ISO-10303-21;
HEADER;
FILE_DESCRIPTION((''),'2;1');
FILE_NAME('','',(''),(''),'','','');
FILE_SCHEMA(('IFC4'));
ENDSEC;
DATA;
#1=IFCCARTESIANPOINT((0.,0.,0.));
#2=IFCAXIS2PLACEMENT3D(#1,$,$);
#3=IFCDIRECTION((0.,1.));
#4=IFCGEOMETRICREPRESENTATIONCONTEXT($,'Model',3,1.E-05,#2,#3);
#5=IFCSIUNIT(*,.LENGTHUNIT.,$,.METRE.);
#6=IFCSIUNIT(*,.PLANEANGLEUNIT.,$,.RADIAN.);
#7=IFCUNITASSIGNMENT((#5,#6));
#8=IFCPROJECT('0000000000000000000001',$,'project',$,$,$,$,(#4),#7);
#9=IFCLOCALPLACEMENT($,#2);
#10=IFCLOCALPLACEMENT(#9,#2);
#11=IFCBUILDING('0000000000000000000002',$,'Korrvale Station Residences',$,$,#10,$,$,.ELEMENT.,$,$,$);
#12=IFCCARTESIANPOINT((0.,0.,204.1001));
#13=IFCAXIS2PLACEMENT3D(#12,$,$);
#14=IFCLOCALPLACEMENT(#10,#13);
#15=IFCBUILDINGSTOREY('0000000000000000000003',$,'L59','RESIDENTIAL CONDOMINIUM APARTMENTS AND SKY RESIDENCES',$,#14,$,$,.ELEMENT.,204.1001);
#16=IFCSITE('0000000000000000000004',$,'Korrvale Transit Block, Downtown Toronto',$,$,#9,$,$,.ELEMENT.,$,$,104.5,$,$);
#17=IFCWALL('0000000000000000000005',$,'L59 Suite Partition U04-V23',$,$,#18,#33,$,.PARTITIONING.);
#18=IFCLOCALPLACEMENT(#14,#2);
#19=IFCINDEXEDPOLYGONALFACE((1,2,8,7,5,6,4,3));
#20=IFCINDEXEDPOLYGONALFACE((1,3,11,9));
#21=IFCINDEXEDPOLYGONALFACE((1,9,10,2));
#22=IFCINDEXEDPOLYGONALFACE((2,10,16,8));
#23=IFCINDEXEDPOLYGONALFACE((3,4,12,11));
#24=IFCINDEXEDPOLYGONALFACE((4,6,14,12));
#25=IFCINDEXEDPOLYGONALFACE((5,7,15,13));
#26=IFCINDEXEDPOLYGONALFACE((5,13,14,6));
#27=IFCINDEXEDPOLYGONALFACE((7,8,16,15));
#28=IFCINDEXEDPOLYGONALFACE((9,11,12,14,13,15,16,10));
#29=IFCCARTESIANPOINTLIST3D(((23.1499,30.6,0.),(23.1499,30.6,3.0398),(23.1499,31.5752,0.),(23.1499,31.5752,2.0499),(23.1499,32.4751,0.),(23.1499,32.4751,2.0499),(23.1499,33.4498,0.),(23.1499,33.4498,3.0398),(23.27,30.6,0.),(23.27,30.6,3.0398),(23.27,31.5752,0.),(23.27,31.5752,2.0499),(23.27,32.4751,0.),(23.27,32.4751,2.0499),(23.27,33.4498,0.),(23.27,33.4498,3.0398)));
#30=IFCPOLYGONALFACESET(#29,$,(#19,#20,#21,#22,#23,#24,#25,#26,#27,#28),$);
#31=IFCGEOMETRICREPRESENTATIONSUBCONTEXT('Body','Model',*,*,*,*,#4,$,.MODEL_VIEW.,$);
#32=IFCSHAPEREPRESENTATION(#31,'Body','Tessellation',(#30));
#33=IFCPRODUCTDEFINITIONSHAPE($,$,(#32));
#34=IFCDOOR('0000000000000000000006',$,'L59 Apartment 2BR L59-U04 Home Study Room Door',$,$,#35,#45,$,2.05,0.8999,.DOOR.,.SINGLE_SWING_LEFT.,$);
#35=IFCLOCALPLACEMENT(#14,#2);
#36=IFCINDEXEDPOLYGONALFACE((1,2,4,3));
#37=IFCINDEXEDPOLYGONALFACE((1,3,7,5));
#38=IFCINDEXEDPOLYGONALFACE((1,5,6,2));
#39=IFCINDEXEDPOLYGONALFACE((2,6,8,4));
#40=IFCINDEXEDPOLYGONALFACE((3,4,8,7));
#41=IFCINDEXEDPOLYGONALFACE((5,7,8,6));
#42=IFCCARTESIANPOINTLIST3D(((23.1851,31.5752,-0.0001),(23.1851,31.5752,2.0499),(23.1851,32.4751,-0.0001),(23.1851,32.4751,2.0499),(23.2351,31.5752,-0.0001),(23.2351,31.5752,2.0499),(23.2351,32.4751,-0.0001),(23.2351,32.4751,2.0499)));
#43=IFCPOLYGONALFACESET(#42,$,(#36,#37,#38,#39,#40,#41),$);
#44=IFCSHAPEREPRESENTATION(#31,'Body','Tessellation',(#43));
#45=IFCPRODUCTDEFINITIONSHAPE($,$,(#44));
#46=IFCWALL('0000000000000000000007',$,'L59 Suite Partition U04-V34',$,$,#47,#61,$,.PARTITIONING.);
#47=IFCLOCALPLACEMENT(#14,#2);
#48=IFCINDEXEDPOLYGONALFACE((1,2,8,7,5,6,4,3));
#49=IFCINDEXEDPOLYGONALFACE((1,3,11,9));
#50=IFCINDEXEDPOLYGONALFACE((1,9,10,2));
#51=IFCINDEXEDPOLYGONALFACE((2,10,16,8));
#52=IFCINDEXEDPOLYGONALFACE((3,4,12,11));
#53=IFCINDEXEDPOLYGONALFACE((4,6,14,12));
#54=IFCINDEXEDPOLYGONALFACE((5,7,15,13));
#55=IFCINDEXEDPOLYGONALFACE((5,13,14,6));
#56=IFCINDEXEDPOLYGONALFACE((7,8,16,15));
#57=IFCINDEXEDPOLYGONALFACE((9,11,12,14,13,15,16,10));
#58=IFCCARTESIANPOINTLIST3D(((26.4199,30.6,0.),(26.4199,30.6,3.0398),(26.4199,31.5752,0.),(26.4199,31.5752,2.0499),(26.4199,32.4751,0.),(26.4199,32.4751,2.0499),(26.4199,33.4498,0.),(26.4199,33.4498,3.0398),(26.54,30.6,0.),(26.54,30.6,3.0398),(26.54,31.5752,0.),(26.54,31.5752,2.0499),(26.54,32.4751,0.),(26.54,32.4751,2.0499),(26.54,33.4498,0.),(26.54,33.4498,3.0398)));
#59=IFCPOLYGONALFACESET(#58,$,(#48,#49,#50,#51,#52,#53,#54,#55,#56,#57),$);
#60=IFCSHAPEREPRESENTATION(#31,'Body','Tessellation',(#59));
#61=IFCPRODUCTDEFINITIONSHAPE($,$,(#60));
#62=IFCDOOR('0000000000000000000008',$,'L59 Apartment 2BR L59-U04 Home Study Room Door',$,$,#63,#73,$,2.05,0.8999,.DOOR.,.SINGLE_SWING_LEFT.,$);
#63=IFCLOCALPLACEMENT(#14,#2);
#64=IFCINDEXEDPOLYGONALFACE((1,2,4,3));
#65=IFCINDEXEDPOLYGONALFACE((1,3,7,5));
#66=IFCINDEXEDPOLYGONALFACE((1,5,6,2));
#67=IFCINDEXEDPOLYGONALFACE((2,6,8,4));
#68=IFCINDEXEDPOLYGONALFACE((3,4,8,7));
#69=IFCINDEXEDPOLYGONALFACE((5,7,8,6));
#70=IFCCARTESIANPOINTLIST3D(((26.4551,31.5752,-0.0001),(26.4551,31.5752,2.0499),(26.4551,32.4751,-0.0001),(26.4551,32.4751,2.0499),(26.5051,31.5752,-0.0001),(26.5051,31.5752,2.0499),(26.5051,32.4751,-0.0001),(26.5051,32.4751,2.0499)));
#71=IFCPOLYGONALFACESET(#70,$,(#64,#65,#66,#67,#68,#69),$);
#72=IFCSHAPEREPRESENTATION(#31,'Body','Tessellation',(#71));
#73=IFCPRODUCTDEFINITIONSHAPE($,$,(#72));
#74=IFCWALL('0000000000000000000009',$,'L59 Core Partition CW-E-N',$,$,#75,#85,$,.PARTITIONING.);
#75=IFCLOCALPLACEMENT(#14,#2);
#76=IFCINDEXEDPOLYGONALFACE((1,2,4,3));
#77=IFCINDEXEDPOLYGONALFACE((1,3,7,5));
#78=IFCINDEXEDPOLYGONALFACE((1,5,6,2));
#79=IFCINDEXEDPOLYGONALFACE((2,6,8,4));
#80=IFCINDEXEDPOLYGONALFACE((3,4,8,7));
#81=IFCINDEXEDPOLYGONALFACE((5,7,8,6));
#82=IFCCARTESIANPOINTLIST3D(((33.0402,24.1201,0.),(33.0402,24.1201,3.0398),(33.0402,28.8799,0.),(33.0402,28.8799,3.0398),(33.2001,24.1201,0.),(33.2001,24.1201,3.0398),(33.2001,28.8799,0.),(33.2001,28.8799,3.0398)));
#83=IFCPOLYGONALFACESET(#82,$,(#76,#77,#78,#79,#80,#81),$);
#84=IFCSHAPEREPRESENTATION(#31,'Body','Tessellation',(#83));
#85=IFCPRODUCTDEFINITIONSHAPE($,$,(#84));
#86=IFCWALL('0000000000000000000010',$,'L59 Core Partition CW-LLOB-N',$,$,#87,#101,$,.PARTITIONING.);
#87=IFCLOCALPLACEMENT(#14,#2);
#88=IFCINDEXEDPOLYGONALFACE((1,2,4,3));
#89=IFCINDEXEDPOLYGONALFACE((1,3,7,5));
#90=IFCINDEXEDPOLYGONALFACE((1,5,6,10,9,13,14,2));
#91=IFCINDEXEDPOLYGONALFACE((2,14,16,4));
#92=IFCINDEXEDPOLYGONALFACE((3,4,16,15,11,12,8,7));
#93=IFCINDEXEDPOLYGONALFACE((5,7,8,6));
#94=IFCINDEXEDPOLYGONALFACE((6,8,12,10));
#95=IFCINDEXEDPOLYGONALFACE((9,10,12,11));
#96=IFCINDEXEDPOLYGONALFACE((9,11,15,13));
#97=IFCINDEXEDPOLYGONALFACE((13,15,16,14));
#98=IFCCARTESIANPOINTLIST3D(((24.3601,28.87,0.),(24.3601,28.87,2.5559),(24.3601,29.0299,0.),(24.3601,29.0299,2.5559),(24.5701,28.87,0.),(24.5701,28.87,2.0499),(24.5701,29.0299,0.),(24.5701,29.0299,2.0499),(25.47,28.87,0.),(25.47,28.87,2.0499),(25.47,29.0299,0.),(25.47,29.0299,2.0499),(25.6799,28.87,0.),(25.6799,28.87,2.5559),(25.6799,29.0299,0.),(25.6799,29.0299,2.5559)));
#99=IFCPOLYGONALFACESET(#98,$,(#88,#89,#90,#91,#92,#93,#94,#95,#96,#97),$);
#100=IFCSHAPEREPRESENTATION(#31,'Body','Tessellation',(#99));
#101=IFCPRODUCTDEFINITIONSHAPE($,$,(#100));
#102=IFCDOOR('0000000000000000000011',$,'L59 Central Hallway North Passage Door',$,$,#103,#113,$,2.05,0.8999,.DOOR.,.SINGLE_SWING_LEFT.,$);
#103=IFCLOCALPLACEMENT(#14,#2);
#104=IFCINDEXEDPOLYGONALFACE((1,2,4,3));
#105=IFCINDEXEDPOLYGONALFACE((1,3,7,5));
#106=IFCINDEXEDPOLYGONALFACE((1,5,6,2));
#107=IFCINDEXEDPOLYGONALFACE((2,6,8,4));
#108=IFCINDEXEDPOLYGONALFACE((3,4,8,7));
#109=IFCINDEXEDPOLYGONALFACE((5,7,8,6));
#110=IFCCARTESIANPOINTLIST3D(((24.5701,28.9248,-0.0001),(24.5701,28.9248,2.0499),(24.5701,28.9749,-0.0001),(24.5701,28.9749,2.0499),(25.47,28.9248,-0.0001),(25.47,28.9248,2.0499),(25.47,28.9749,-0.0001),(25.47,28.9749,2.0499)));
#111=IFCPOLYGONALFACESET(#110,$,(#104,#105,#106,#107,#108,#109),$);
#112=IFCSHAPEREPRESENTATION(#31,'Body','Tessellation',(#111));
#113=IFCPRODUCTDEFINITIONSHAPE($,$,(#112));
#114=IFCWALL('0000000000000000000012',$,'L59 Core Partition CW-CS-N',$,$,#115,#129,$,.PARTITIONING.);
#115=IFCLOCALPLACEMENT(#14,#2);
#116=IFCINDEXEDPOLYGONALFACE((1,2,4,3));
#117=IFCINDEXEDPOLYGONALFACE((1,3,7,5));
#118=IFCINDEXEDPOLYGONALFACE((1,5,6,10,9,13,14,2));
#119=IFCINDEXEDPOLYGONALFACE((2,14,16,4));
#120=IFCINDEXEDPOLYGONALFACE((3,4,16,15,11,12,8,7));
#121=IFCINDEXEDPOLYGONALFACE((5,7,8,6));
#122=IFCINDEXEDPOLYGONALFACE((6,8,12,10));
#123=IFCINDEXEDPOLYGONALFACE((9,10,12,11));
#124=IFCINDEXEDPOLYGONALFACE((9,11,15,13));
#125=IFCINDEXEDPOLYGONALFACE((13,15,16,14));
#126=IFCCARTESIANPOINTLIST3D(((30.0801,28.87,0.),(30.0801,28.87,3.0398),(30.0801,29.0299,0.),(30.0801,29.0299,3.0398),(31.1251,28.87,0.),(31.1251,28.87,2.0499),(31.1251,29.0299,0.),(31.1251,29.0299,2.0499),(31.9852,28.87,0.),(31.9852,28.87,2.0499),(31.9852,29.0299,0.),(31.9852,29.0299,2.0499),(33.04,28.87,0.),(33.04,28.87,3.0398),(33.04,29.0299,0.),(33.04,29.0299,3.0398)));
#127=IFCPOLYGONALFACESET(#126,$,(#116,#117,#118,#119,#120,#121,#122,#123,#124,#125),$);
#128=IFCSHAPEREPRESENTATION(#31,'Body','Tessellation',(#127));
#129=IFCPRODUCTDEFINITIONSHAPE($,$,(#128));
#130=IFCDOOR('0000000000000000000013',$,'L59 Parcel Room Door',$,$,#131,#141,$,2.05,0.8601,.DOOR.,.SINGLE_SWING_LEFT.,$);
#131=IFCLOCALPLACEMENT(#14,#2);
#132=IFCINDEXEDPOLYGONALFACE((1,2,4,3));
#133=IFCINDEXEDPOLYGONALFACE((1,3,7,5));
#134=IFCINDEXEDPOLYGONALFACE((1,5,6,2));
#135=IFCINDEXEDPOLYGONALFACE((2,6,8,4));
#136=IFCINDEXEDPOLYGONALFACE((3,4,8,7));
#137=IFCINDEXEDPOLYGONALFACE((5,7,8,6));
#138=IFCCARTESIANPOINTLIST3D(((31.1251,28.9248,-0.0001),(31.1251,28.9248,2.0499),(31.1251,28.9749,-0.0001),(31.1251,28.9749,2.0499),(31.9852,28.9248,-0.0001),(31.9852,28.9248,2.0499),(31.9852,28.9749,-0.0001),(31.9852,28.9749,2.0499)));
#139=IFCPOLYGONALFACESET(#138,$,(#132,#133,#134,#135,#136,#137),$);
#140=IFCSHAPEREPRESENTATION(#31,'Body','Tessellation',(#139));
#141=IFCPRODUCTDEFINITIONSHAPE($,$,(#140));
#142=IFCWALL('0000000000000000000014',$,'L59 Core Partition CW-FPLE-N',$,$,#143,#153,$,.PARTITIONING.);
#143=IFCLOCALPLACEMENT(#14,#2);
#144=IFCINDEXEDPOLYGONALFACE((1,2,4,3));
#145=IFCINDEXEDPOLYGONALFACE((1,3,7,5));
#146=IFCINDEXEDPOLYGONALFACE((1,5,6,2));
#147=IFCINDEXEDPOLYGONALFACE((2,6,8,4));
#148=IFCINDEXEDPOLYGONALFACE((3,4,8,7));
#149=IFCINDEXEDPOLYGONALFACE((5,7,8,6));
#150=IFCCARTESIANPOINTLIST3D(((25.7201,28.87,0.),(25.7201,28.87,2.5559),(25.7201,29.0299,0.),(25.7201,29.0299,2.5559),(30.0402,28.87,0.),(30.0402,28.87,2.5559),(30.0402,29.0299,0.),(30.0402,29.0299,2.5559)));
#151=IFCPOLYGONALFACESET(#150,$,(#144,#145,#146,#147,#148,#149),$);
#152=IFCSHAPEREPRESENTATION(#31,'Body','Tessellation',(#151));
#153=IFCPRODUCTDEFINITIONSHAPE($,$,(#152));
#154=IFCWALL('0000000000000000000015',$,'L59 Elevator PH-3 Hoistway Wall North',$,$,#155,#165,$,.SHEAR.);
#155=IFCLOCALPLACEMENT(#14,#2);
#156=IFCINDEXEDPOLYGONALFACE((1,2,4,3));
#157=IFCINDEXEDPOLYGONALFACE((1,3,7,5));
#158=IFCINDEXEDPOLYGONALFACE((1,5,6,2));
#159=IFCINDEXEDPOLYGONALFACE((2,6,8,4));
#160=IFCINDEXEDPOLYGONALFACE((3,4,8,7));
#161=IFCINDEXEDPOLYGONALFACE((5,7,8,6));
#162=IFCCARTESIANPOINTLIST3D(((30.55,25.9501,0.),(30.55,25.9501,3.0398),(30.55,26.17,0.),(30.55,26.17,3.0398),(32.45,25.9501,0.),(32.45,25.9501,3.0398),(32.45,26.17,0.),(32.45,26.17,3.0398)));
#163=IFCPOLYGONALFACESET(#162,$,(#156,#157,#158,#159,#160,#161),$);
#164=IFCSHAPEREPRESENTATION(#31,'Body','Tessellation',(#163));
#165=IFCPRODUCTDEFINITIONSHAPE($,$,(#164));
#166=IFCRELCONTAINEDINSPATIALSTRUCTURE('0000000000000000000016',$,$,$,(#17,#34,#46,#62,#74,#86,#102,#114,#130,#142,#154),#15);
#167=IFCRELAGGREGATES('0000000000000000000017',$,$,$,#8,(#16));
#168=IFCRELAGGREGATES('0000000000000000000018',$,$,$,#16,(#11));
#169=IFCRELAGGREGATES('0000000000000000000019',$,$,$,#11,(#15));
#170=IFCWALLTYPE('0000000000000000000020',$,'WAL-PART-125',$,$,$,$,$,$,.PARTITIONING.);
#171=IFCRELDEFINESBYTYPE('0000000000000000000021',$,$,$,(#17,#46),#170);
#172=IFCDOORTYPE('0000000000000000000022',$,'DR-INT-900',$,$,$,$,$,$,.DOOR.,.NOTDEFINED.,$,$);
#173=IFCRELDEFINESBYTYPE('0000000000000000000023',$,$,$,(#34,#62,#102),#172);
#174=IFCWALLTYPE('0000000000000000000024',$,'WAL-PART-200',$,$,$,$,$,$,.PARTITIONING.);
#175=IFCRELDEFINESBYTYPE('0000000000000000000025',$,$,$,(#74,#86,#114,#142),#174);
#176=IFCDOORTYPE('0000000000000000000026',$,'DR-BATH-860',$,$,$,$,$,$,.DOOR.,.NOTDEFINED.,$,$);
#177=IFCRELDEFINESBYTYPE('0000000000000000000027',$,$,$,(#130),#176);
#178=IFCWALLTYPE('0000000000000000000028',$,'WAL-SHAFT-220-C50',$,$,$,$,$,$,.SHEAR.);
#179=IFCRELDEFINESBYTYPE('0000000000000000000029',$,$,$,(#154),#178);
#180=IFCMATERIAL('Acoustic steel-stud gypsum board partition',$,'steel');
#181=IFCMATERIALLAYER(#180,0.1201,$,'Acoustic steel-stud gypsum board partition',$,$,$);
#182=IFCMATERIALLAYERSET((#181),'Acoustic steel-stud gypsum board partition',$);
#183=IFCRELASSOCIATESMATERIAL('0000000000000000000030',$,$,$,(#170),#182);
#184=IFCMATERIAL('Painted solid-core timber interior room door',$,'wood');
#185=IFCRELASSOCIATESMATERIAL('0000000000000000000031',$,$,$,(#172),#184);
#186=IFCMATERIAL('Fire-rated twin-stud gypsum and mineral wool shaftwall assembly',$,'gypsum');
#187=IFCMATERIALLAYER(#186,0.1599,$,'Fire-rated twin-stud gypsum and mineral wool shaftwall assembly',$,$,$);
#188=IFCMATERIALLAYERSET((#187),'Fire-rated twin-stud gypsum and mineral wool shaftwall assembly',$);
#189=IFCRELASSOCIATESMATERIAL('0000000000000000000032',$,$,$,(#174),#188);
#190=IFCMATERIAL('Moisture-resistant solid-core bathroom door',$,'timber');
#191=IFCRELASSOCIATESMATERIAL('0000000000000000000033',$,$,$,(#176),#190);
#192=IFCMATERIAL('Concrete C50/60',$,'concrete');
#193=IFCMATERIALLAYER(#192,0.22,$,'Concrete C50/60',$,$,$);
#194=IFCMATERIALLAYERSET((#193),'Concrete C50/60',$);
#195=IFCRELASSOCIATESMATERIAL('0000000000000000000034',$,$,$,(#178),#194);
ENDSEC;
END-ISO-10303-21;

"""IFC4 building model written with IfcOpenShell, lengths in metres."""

from ifc_helpers import new_model, si_unit, direction, frame, frame_2d, origin, place, context, subcontext, project, spatial, rectangle, extrude, material, layer, layer_set, type_object, element, fill, save


model = new_model("IFC4")

# Units and contexts
model_context = context("Model", 3, precision=1e-05, world=origin(), true_north=direction((0.0, 1.0)))
body_context = subcontext(model_context, "Body", "Model", "MODEL_VIEW")
ifc_project = project(units=[si_unit("LENGTHUNIT", "METRE"), si_unit("PLANEANGLEUNIT", "RADIAN")], contexts=[model_context])

# Site, building, storey
site_placement = place(None, origin())
site = spatial("IfcSite", under=ifc_project, at=site_placement, Name="Korrvale Transit Block, Downtown Toronto", CompositionType="ELEMENT", RefElevation=104.5)
building_placement = place(site_placement, origin())
building = spatial("IfcBuilding", under=site, at=building_placement, Name="Korrvale Station Residences", CompositionType="ELEMENT")
storey_placement = place(building_placement, frame((0.0, 0.0, 204.1001)))
storey = spatial("IfcBuildingStorey", under=building, at=storey_placement, Name="L59", Description="RESIDENTIAL CONDOMINIUM APARTMENTS AND SKY RESIDENCES", CompositionType="ELEMENT", Elevation=204.1001)

# Shared definitions
ifc_material_1 = material(Name="Concrete C50/60", Category="concrete")

# Shared definitions
ifc_material_2 = material(Name="Acoustic steel-stud gypsum board partition", Category="steel")
ifc_layer_1 = layer(ifc_material_2, 0.1201, Name="Acoustic steel-stud gypsum board partition")
ifc_layer_set_1 = layer_set([ifc_layer_1], Name="Acoustic steel-stud gypsum board partition")
wall_type_1 = type_object("IfcWallType", Name="WAL-PART-125", PredefinedType="PARTITIONING", material=ifc_layer_set_1)

# Walls, openings, doors
ifc_material_3 = material(Name="Painted solid-core timber interior room door", Category="wood")
door_type_1 = type_object("IfcDoorType", Name="DR-INT-900", OperationType="NOTDEFINED", PredefinedType="DOOR", material=ifc_material_3)
wall_1_placement = place(storey_placement, frame((23.21, 30.6001, 0.0), z_axis=(0.0, 0.0, 1.0), x_axis=(0.0, 1.0, 0.0)))
wall_1 = element("IfcWall", 1, at=wall_1_placement, inside=storey, type_object=wall_type_1, Name="L59 Suite Partition U04-V23", PredefinedType="PARTITIONING", context=body_context, shape_type="SweptSolid", body=[
    extrude(rectangle(XDim=2.8499, YDim=0.1201, at=frame_2d((1.4248, 0.0))), origin(), (0.0, 0.0, 1.0), 3.0398),
])
opening_1_placement = place(wall_1_placement, frame((0.9751, 0.0, 0.0)))
opening_1 = element("IfcOpeningElement", 2, at=opening_1_placement, cuts=wall_1, PredefinedType="OPENING", context=body_context, shape_type="SweptSolid", body=[
    extrude(rectangle(XDim=0.8999, YDim=2.05, at=frame_2d((0.45, 1.0249))), frame((0.0, 0.0701, 0.0), z_axis=(0.0, -1.0, 0.0), x_axis=(1.0, 0.0, 0.0)), (0.0, 0.0, 1.0), 0.1401),
])
door_1_placement = place(opening_1_placement, origin())
door_1 = element("IfcDoor", 3, at=door_1_placement, inside=storey, type_object=door_type_1, Name="L59 Apartment 2BR L59-U04 Home Study Room Door", OperationType="SINGLE_SWING_LEFT", OverallHeight=2.05, OverallWidth=0.8999, PredefinedType="DOOR", context=body_context, shape_type="SweptSolid", body=[
    extrude(rectangle(XDim=0.8999, YDim=2.05, at=frame_2d((0.45, 1.0249))), frame((0.0, 0.0249, 0.0), z_axis=(0.0, -1.0, 0.0), x_axis=(1.0, 0.0, 0.0)), (0.0, 0.0, 1.0), 0.05),
])
fill(opening_1, door_1)
wall_2_placement = place(storey_placement, frame((26.48, 30.6001, 0.0), z_axis=(0.0, 0.0, 1.0), x_axis=(0.0, 1.0, 0.0)))
wall_2 = element("IfcWall", 4, at=wall_2_placement, inside=storey, type_object=wall_type_1, Name="L59 Suite Partition U04-V34", PredefinedType="PARTITIONING", context=body_context, shape_type="SweptSolid", body=[
    extrude(rectangle(XDim=2.8499, YDim=0.1201, at=frame_2d((1.4248, 0.0))), origin(), (0.0, 0.0, 1.0), 3.0398),
])
opening_2_placement = place(wall_2_placement, frame((0.9751, 0.0, 0.0)))
opening_2 = element("IfcOpeningElement", 5, at=opening_2_placement, cuts=wall_2, PredefinedType="OPENING", context=body_context, shape_type="SweptSolid", body=[
    extrude(rectangle(XDim=0.8999, YDim=2.05, at=frame_2d((0.45, 1.0249))), frame((0.0, 0.0701, 0.0), z_axis=(0.0, -1.0, 0.0), x_axis=(1.0, 0.0, 0.0)), (0.0, 0.0, 1.0), 0.1401),
])
door_2_placement = place(opening_2_placement, origin())
door_2 = element("IfcDoor", 6, at=door_2_placement, inside=storey, type_object=door_type_1, Name="L59 Apartment 2BR L59-U04 Home Study Room Door", OperationType="SINGLE_SWING_LEFT", OverallHeight=2.05, OverallWidth=0.8999, PredefinedType="DOOR", context=body_context, shape_type="SweptSolid", body=[
    extrude(rectangle(XDim=0.8999, YDim=2.05, at=frame_2d((0.45, 1.0249))), frame((0.0, 0.0249, 0.0), z_axis=(0.0, -1.0, 0.0), x_axis=(1.0, 0.0, 0.0)), (0.0, 0.0, 1.0), 0.05),
])
fill(opening_2, door_2)

# Wall
ifc_material_4 = material(Name="Fire-rated twin-stud gypsum and mineral wool shaftwall assembly", Category="gypsum")
ifc_layer_2 = layer(ifc_material_4, 0.1599, Name="Fire-rated twin-stud gypsum and mineral wool shaftwall assembly")
ifc_layer_set_2 = layer_set([ifc_layer_2], Name="Fire-rated twin-stud gypsum and mineral wool shaftwall assembly")
wall_type_2 = type_object("IfcWallType", Name="WAL-PART-200", PredefinedType="PARTITIONING", material=ifc_layer_set_2)
wall_3_placement = place(storey_placement, frame((33.1201, 24.1201, 0.0), z_axis=(0.0, 0.0, 1.0), x_axis=(0.0, 1.0, 0.0)))
element("IfcWall", 7, at=wall_3_placement, inside=storey, type_object=wall_type_2, Name="L59 Core Partition CW-E-N", PredefinedType="PARTITIONING", context=body_context, shape_type="SweptSolid", body=[
    extrude(rectangle(XDim=4.7598, YDim=0.1599, at=frame_2d((2.3799, 0.0))), origin(), (0.0, 0.0, 1.0), 3.0398),
])

# Walls, openings, doors
wall_4_placement = place(storey_placement, frame((24.3601, 28.95, 0.0), z_axis=(0.0, 0.0, 1.0), x_axis=(1.0, 0.0, 0.0)))
wall_4 = element("IfcWall", 8, at=wall_4_placement, inside=storey, type_object=wall_type_2, Name="L59 Core Partition CW-LLOB-N", PredefinedType="PARTITIONING", context=body_context, shape_type="SweptSolid", body=[
    extrude(rectangle(XDim=1.3198, YDim=0.1599, at=frame_2d((0.6599, 0.0))), origin(), (0.0, 0.0, 1.0), 2.5559),
])
opening_3_placement = place(wall_4_placement, frame((0.21, 0.0, 0.0)))
opening_3 = element("IfcOpeningElement", 9, at=opening_3_placement, cuts=wall_4, PredefinedType="OPENING", context=body_context, shape_type="SweptSolid", body=[
    extrude(rectangle(XDim=0.8999, YDim=2.05, at=frame_2d((0.45, 1.0249))), frame((0.0, 0.0898, 0.0), z_axis=(0.0, -1.0, 0.0), x_axis=(1.0, 0.0, 0.0)), (0.0, 0.0, 1.0), 0.1799),
])
door_3_placement = place(opening_3_placement, origin())
door_3 = element("IfcDoor", 10, at=door_3_placement, inside=storey, type_object=door_type_1, Name="L59 Central Hallway North Passage Door", OperationType="SINGLE_SWING_LEFT", OverallHeight=2.05, OverallWidth=0.8999, PredefinedType="DOOR", context=body_context, shape_type="SweptSolid", body=[
    extrude(rectangle(XDim=0.8999, YDim=2.05, at=frame_2d((0.45, 1.0249))), frame((0.0, 0.0249, 0.0), z_axis=(0.0, -1.0, 0.0), x_axis=(1.0, 0.0, 0.0)), (0.0, 0.0, 1.0), 0.05),
])
fill(opening_3, door_3)
wall_5_placement = place(storey_placement, frame((30.0801, 28.95, 0.0), z_axis=(0.0, 0.0, 1.0), x_axis=(1.0, 0.0, 0.0)))
wall_5 = element("IfcWall", 11, at=wall_5_placement, inside=storey, type_object=wall_type_2, Name="L59 Core Partition CW-CS-N", PredefinedType="PARTITIONING", context=body_context, shape_type="SweptSolid", body=[
    extrude(rectangle(XDim=2.96, YDim=0.1599, at=frame_2d((1.48, 0.0))), origin(), (0.0, 0.0, 1.0), 3.0398),
])
opening_4_placement = place(wall_5_placement, frame((1.0449, 0.0, 0.0)))
opening_4 = element("IfcOpeningElement", 12, at=opening_4_placement, cuts=wall_5, PredefinedType="OPENING", context=body_context, shape_type="SweptSolid", body=[
    extrude(rectangle(XDim=0.8601, YDim=2.05, at=frame_2d((0.4302, 1.0249))), frame((0.0, 0.0898, 0.0), z_axis=(0.0, -1.0, 0.0), x_axis=(1.0, 0.0, 0.0)), (0.0, 0.0, 1.0), 0.1799),
])
ifc_material_5 = material(Name="Moisture-resistant solid-core bathroom door", Category="timber")
door_type_2 = type_object("IfcDoorType", Name="DR-BATH-860", OperationType="NOTDEFINED", PredefinedType="DOOR", material=ifc_material_5)
door_4_placement = place(opening_4_placement, origin())
door_4 = element("IfcDoor", 13, at=door_4_placement, inside=storey, type_object=door_type_2, Name="L59 Parcel Room Door", OperationType="SINGLE_SWING_LEFT", OverallHeight=2.05, OverallWidth=0.8601, PredefinedType="DOOR", context=body_context, shape_type="SweptSolid", body=[
    extrude(rectangle(XDim=0.8601, YDim=2.05, at=frame_2d((0.4302, 1.0249))), frame((0.0, 0.0249, 0.0), z_axis=(0.0, -1.0, 0.0), x_axis=(1.0, 0.0, 0.0)), (0.0, 0.0, 1.0), 0.05),
])
fill(opening_4, door_4)

# Walls
wall_6_placement = place(storey_placement, frame((25.72, 28.95, 0.0), z_axis=(0.0, 0.0, 1.0), x_axis=(1.0, 0.0, 0.0)))
element("IfcWall", 14, at=wall_6_placement, inside=storey, type_object=wall_type_2, Name="L59 Core Partition CW-FPLE-N", PredefinedType="PARTITIONING", context=body_context, shape_type="SweptSolid", body=[
    extrude(rectangle(XDim=4.3201, YDim=0.1599, at=frame_2d((2.1602, 0.0))), origin(), (0.0, 0.0, 1.0), 2.5559),
])
ifc_layer_3 = layer(ifc_material_1, 0.22, Name="Concrete C50/60")
ifc_layer_set_3 = layer_set([ifc_layer_3], Name="Concrete C50/60")
wall_type_3 = type_object("IfcWallType", Name="WAL-SHAFT-220-C50", PredefinedType="SHEAR", material=ifc_layer_set_3)
wall_7_placement = place(storey_placement, frame((30.55, 26.0601, 0.0), z_axis=(0.0, 0.0, 1.0), x_axis=(1.0, 0.0, 0.0)))
element("IfcWall", 15, at=wall_7_placement, inside=storey, type_object=wall_type_3, Name="L59 Elevator PH-3 Hoistway Wall North", PredefinedType="SHEAR", context=body_context, shape_type="SweptSolid", body=[
    extrude(rectangle(XDim=1.8999, YDim=0.22, at=frame_2d((0.95, 0.0))), origin(), (0.0, 0.0, 1.0), 3.0398),
])

save(model, "model.ifc")
